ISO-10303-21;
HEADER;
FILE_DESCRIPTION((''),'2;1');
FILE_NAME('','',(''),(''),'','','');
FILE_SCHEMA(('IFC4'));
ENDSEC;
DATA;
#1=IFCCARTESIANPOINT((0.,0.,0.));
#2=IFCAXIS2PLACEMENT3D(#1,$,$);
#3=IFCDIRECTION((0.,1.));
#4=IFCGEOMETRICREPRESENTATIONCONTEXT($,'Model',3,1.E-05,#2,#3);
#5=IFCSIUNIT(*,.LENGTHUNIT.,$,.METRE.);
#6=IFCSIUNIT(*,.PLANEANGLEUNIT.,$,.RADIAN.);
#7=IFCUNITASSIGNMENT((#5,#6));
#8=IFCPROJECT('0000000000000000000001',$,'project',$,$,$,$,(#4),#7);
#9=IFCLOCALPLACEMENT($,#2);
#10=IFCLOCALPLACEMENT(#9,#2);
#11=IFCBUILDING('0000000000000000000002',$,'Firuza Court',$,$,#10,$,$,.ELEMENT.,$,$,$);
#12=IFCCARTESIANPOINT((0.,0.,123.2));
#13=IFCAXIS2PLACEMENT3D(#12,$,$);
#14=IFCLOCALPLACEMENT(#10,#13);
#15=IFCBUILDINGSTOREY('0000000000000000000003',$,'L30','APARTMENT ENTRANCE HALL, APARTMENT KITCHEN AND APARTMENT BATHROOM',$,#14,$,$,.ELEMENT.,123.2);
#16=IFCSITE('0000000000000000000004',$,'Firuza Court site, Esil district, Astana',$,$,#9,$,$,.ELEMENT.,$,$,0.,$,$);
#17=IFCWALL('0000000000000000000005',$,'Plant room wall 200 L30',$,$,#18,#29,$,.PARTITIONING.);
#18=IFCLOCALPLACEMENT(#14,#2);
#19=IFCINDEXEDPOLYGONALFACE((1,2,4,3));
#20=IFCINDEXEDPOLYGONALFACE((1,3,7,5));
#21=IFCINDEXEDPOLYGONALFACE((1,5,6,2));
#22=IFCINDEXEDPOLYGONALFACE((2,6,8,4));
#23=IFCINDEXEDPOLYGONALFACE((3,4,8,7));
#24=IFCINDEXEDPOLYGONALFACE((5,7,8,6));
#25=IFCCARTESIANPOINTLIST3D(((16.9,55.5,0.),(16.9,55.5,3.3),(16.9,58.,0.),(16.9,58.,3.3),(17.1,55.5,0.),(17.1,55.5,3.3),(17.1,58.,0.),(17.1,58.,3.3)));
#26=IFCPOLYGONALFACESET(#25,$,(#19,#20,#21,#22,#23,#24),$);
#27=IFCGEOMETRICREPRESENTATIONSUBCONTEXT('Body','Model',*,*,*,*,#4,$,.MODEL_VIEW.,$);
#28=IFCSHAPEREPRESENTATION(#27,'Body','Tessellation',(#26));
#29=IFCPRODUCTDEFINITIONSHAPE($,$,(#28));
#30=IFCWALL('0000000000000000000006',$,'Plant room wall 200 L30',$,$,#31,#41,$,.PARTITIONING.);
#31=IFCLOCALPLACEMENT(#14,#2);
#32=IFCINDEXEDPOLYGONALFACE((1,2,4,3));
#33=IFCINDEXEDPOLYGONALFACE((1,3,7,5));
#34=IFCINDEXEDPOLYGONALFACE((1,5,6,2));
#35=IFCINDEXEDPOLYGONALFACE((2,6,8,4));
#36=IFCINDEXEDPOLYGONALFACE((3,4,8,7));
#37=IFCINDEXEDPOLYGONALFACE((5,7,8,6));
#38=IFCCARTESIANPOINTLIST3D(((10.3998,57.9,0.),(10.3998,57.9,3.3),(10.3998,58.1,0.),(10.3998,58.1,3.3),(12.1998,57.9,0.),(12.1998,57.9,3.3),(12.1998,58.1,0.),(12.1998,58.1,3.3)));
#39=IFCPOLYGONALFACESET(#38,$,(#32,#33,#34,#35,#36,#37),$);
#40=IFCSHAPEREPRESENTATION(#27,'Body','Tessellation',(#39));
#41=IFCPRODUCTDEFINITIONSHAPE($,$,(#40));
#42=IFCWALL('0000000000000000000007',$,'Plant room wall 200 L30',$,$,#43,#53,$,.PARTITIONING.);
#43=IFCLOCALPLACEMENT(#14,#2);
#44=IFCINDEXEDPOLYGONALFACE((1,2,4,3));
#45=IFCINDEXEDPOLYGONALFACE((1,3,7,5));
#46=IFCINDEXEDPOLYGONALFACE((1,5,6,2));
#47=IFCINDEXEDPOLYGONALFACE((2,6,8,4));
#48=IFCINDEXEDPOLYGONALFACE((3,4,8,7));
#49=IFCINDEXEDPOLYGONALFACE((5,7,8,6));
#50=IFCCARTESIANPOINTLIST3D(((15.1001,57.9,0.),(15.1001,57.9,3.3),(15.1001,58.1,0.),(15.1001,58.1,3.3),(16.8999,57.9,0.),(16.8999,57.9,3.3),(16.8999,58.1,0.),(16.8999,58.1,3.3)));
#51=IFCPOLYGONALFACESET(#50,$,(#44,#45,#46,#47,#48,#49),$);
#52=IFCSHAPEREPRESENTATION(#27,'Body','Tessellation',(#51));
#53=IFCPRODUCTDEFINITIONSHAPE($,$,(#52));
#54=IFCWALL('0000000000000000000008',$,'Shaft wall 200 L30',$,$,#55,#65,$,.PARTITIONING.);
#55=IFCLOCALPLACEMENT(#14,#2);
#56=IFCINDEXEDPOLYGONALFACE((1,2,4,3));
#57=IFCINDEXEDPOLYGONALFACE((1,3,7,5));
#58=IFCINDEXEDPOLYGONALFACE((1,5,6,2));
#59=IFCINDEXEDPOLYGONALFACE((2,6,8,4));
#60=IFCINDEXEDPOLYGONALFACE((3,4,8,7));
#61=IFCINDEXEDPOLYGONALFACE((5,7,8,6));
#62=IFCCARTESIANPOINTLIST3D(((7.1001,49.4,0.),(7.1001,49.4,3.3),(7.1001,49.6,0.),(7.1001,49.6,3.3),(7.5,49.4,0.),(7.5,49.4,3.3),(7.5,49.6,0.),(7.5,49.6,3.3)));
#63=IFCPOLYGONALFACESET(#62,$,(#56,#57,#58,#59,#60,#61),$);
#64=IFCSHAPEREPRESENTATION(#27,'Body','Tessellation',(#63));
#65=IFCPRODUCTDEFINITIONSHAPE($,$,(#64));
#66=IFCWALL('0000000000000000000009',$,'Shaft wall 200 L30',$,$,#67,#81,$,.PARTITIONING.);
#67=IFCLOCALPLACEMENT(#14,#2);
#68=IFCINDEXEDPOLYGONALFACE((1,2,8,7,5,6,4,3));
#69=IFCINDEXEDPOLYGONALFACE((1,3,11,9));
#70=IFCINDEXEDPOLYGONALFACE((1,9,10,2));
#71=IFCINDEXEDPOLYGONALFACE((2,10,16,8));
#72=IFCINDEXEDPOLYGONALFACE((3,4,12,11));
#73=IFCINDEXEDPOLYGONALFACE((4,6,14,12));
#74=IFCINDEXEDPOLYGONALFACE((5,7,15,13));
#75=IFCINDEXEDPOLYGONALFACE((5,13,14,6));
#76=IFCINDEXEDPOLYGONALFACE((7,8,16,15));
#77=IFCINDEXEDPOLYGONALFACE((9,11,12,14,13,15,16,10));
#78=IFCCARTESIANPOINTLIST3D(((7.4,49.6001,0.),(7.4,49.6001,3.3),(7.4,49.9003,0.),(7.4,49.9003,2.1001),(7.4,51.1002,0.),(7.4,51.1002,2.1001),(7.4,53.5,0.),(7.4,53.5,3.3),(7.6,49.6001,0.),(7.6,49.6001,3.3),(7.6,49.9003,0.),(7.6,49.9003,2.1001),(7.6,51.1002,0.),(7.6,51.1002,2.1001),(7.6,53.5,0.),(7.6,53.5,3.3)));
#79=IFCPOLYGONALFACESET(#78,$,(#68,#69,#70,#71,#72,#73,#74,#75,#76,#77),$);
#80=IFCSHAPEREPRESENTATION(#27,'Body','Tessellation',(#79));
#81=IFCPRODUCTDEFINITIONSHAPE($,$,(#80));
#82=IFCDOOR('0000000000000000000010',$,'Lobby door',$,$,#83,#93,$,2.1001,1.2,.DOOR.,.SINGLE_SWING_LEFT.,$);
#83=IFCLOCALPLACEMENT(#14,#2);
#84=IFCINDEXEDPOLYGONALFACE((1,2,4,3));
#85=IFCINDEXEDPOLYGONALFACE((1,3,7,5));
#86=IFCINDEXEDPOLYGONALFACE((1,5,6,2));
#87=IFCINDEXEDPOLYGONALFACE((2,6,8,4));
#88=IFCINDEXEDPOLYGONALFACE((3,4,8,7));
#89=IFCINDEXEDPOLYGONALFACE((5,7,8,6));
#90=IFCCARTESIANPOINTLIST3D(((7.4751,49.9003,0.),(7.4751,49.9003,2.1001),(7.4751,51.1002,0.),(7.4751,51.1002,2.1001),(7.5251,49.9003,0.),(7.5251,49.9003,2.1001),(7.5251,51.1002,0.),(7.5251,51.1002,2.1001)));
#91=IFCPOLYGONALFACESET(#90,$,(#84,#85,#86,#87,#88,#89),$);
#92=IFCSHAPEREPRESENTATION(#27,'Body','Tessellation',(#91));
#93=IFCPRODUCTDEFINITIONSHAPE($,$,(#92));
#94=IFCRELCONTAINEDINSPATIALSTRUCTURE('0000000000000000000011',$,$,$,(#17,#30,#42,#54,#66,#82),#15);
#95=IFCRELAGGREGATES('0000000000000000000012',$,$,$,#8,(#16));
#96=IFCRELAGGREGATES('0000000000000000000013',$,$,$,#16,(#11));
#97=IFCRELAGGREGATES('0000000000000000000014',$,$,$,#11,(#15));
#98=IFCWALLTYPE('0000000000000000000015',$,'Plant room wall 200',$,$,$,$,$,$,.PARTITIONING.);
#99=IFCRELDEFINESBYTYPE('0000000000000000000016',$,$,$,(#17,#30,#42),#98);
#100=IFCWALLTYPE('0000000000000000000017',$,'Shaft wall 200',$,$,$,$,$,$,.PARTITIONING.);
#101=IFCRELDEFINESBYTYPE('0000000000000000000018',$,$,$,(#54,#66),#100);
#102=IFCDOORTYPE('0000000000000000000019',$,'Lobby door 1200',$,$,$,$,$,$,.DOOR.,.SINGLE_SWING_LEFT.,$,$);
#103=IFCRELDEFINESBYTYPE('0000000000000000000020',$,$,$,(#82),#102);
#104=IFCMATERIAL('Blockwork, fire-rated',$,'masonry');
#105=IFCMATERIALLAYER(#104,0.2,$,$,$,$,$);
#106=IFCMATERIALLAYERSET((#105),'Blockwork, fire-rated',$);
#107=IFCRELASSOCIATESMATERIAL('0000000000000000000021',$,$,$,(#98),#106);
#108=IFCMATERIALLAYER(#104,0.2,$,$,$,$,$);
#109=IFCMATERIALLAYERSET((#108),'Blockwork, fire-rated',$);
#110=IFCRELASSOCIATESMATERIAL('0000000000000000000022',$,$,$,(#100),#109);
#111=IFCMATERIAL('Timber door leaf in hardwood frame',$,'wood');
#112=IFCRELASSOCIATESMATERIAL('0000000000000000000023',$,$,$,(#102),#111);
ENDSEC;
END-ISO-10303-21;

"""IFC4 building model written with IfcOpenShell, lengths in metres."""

from ifc_helpers import new_model, si_unit, direction, frame, frame_2d, origin, place, context, subcontext, project, spatial, rectangle, extrude, material, layer, layer_set, type_object, element, fill, save


model = new_model("IFC4")

# Units and contexts
model_context = context("Model", 3, precision=1e-05, world=origin(), true_north=direction((0.0, 1.0)))
body_context = subcontext(model_context, "Body", "Model", "MODEL_VIEW")
ifc_project = project(units=[si_unit("LENGTHUNIT", "METRE"), si_unit("PLANEANGLEUNIT", "RADIAN")], contexts=[model_context])

# Site, building, storey
site_placement = place(None, origin())
site = spatial("IfcSite", under=ifc_project, at=site_placement, Name="Firuza Court site, Esil district, Astana", CompositionType="ELEMENT", RefElevation=0.0)
building_placement = place(site_placement, origin())
building = spatial("IfcBuilding", under=site, at=building_placement, Name="Firuza Court", CompositionType="ELEMENT")
storey_placement = place(building_placement, frame((0.0, 0.0, 123.2)))
storey = spatial("IfcBuildingStorey", under=building, at=storey_placement, Name="L30", Description="APARTMENT ENTRANCE HALL, APARTMENT KITCHEN AND APARTMENT BATHROOM", CompositionType="ELEMENT", Elevation=123.2)

# Shared definitions
ifc_material_1 = material(Name="Blockwork, fire-rated", Category="masonry")
ifc_layer_1 = layer(ifc_material_1, 0.2)
ifc_layer_set_1 = layer_set([ifc_layer_1], Name="Blockwork, fire-rated")
wall_type_1 = type_object("IfcWallType", Name="Plant room wall 200", PredefinedType="PARTITIONING", material=ifc_layer_set_1)

# Walls
wall_1_placement = place(storey_placement, frame((17.0, 55.5, 0.0), z_axis=(0.0, 0.0, 1.0), x_axis=(0.0, 1.0, 0.0)))
element("IfcWall", 1, at=wall_1_placement, inside=storey, type_object=wall_type_1, Name="Plant room wall 200 L30", PredefinedType="PARTITIONING", context=body_context, shape_type="SweptSolid", body=[
    extrude(rectangle(XDim=2.5, YDim=0.2, at=frame_2d((1.25, 0.0))), origin(), (0.0, 0.0, 1.0), 3.3),
])
wall_2_placement = place(storey_placement, frame((10.3999, 58.0, 0.0), z_axis=(0.0, 0.0, 1.0), x_axis=(1.0, 0.0, 0.0)))
element("IfcWall", 2, at=wall_2_placement, inside=storey, type_object=wall_type_1, Name="Plant room wall 200 L30", PredefinedType="PARTITIONING", context=body_context, shape_type="SweptSolid", body=[
    extrude(rectangle(XDim=1.8, YDim=0.2, at=frame_2d((0.8999, 0.0))), origin(), (0.0, 0.0, 1.0), 3.3),
])
wall_3_placement = place(storey_placement, frame((15.1001, 58.0, 0.0), z_axis=(0.0, 0.0, 1.0), x_axis=(1.0, 0.0, 0.0)))
element("IfcWall", 3, at=wall_3_placement, inside=storey, type_object=wall_type_1, Name="Plant room wall 200 L30", PredefinedType="PARTITIONING", context=body_context, shape_type="SweptSolid", body=[
    extrude(rectangle(XDim=1.7998, YDim=0.2, at=frame_2d((0.8999, 0.0))), origin(), (0.0, 0.0, 1.0), 3.3),
])
ifc_layer_2 = layer(ifc_material_1, 0.2)
ifc_layer_set_2 = layer_set([ifc_layer_2], Name="Blockwork, fire-rated")
wall_type_2 = type_object("IfcWallType", Name="Shaft wall 200", PredefinedType="PARTITIONING", material=ifc_layer_set_2)
wall_4_placement = place(storey_placement, frame((7.1001, 49.5, 0.0), z_axis=(0.0, 0.0, 1.0), x_axis=(1.0, 0.0, 0.0)))
element("IfcWall", 4, at=wall_4_placement, inside=storey, type_object=wall_type_2, Name="Shaft wall 200 L30", PredefinedType="PARTITIONING", context=body_context, shape_type="SweptSolid", body=[
    extrude(rectangle(XDim=0.3999, YDim=0.2, at=frame_2d((0.2, 0.0))), origin(), (0.0, 0.0, 1.0), 3.3),
])

# Wall, opening, door
wall_5_placement = place(storey_placement, frame((7.5, 49.6001, 0.0), z_axis=(0.0, 0.0, 1.0), x_axis=(0.0, 1.0, 0.0)))
wall_5 = element("IfcWall", 5, at=wall_5_placement, inside=storey, type_object=wall_type_2, Name="Shaft wall 200 L30", PredefinedType="PARTITIONING", context=body_context, shape_type="SweptSolid", body=[
    extrude(rectangle(XDim=3.8999, YDim=0.2, at=frame_2d((1.95, 0.0))), origin(), (0.0, 0.0, 1.0), 3.3),
])
opening_1_placement = place(wall_5_placement, frame((0.3, 0.0, 0.0)))
opening_1 = element("IfcOpeningElement", 6, at=opening_1_placement, cuts=wall_5, PredefinedType="OPENING", context=body_context, shape_type="SweptSolid", body=[
    extrude(rectangle(XDim=1.2, YDim=2.1001, at=frame_2d((0.6001, 1.05))), frame((0.0, 0.1118, 0.0), z_axis=(0.0, -1.0, 0.0), x_axis=(1.0, 0.0, 0.0)), (0.0, 0.0, 1.0), 0.2239),
])
ifc_material_2 = material(Name="Timber door leaf in hardwood frame", Category="wood")
door_type_1 = type_object("IfcDoorType", Name="Lobby door 1200", OperationType="SINGLE_SWING_LEFT", PredefinedType="DOOR", material=ifc_material_2)
door_1_placement = place(opening_1_placement, origin())
door_1 = element("IfcDoor", 7, at=door_1_placement, inside=storey, type_object=door_type_1, Name="Lobby door", OperationType="SINGLE_SWING_LEFT", OverallHeight=2.1001, OverallWidth=1.2, PredefinedType="DOOR", context=body_context, shape_type="SweptSolid", body=[
    extrude(rectangle(XDim=1.2, YDim=2.1001, at=frame_2d((0.6001, 1.05))), frame((0.0, 0.0249, 0.0), z_axis=(0.0, -1.0, 0.0), x_axis=(1.0, 0.0, 0.0)), (0.0, 0.0, 1.0), 0.05),
])
fill(opening_1, door_1)

save(model, "model.ifc")
